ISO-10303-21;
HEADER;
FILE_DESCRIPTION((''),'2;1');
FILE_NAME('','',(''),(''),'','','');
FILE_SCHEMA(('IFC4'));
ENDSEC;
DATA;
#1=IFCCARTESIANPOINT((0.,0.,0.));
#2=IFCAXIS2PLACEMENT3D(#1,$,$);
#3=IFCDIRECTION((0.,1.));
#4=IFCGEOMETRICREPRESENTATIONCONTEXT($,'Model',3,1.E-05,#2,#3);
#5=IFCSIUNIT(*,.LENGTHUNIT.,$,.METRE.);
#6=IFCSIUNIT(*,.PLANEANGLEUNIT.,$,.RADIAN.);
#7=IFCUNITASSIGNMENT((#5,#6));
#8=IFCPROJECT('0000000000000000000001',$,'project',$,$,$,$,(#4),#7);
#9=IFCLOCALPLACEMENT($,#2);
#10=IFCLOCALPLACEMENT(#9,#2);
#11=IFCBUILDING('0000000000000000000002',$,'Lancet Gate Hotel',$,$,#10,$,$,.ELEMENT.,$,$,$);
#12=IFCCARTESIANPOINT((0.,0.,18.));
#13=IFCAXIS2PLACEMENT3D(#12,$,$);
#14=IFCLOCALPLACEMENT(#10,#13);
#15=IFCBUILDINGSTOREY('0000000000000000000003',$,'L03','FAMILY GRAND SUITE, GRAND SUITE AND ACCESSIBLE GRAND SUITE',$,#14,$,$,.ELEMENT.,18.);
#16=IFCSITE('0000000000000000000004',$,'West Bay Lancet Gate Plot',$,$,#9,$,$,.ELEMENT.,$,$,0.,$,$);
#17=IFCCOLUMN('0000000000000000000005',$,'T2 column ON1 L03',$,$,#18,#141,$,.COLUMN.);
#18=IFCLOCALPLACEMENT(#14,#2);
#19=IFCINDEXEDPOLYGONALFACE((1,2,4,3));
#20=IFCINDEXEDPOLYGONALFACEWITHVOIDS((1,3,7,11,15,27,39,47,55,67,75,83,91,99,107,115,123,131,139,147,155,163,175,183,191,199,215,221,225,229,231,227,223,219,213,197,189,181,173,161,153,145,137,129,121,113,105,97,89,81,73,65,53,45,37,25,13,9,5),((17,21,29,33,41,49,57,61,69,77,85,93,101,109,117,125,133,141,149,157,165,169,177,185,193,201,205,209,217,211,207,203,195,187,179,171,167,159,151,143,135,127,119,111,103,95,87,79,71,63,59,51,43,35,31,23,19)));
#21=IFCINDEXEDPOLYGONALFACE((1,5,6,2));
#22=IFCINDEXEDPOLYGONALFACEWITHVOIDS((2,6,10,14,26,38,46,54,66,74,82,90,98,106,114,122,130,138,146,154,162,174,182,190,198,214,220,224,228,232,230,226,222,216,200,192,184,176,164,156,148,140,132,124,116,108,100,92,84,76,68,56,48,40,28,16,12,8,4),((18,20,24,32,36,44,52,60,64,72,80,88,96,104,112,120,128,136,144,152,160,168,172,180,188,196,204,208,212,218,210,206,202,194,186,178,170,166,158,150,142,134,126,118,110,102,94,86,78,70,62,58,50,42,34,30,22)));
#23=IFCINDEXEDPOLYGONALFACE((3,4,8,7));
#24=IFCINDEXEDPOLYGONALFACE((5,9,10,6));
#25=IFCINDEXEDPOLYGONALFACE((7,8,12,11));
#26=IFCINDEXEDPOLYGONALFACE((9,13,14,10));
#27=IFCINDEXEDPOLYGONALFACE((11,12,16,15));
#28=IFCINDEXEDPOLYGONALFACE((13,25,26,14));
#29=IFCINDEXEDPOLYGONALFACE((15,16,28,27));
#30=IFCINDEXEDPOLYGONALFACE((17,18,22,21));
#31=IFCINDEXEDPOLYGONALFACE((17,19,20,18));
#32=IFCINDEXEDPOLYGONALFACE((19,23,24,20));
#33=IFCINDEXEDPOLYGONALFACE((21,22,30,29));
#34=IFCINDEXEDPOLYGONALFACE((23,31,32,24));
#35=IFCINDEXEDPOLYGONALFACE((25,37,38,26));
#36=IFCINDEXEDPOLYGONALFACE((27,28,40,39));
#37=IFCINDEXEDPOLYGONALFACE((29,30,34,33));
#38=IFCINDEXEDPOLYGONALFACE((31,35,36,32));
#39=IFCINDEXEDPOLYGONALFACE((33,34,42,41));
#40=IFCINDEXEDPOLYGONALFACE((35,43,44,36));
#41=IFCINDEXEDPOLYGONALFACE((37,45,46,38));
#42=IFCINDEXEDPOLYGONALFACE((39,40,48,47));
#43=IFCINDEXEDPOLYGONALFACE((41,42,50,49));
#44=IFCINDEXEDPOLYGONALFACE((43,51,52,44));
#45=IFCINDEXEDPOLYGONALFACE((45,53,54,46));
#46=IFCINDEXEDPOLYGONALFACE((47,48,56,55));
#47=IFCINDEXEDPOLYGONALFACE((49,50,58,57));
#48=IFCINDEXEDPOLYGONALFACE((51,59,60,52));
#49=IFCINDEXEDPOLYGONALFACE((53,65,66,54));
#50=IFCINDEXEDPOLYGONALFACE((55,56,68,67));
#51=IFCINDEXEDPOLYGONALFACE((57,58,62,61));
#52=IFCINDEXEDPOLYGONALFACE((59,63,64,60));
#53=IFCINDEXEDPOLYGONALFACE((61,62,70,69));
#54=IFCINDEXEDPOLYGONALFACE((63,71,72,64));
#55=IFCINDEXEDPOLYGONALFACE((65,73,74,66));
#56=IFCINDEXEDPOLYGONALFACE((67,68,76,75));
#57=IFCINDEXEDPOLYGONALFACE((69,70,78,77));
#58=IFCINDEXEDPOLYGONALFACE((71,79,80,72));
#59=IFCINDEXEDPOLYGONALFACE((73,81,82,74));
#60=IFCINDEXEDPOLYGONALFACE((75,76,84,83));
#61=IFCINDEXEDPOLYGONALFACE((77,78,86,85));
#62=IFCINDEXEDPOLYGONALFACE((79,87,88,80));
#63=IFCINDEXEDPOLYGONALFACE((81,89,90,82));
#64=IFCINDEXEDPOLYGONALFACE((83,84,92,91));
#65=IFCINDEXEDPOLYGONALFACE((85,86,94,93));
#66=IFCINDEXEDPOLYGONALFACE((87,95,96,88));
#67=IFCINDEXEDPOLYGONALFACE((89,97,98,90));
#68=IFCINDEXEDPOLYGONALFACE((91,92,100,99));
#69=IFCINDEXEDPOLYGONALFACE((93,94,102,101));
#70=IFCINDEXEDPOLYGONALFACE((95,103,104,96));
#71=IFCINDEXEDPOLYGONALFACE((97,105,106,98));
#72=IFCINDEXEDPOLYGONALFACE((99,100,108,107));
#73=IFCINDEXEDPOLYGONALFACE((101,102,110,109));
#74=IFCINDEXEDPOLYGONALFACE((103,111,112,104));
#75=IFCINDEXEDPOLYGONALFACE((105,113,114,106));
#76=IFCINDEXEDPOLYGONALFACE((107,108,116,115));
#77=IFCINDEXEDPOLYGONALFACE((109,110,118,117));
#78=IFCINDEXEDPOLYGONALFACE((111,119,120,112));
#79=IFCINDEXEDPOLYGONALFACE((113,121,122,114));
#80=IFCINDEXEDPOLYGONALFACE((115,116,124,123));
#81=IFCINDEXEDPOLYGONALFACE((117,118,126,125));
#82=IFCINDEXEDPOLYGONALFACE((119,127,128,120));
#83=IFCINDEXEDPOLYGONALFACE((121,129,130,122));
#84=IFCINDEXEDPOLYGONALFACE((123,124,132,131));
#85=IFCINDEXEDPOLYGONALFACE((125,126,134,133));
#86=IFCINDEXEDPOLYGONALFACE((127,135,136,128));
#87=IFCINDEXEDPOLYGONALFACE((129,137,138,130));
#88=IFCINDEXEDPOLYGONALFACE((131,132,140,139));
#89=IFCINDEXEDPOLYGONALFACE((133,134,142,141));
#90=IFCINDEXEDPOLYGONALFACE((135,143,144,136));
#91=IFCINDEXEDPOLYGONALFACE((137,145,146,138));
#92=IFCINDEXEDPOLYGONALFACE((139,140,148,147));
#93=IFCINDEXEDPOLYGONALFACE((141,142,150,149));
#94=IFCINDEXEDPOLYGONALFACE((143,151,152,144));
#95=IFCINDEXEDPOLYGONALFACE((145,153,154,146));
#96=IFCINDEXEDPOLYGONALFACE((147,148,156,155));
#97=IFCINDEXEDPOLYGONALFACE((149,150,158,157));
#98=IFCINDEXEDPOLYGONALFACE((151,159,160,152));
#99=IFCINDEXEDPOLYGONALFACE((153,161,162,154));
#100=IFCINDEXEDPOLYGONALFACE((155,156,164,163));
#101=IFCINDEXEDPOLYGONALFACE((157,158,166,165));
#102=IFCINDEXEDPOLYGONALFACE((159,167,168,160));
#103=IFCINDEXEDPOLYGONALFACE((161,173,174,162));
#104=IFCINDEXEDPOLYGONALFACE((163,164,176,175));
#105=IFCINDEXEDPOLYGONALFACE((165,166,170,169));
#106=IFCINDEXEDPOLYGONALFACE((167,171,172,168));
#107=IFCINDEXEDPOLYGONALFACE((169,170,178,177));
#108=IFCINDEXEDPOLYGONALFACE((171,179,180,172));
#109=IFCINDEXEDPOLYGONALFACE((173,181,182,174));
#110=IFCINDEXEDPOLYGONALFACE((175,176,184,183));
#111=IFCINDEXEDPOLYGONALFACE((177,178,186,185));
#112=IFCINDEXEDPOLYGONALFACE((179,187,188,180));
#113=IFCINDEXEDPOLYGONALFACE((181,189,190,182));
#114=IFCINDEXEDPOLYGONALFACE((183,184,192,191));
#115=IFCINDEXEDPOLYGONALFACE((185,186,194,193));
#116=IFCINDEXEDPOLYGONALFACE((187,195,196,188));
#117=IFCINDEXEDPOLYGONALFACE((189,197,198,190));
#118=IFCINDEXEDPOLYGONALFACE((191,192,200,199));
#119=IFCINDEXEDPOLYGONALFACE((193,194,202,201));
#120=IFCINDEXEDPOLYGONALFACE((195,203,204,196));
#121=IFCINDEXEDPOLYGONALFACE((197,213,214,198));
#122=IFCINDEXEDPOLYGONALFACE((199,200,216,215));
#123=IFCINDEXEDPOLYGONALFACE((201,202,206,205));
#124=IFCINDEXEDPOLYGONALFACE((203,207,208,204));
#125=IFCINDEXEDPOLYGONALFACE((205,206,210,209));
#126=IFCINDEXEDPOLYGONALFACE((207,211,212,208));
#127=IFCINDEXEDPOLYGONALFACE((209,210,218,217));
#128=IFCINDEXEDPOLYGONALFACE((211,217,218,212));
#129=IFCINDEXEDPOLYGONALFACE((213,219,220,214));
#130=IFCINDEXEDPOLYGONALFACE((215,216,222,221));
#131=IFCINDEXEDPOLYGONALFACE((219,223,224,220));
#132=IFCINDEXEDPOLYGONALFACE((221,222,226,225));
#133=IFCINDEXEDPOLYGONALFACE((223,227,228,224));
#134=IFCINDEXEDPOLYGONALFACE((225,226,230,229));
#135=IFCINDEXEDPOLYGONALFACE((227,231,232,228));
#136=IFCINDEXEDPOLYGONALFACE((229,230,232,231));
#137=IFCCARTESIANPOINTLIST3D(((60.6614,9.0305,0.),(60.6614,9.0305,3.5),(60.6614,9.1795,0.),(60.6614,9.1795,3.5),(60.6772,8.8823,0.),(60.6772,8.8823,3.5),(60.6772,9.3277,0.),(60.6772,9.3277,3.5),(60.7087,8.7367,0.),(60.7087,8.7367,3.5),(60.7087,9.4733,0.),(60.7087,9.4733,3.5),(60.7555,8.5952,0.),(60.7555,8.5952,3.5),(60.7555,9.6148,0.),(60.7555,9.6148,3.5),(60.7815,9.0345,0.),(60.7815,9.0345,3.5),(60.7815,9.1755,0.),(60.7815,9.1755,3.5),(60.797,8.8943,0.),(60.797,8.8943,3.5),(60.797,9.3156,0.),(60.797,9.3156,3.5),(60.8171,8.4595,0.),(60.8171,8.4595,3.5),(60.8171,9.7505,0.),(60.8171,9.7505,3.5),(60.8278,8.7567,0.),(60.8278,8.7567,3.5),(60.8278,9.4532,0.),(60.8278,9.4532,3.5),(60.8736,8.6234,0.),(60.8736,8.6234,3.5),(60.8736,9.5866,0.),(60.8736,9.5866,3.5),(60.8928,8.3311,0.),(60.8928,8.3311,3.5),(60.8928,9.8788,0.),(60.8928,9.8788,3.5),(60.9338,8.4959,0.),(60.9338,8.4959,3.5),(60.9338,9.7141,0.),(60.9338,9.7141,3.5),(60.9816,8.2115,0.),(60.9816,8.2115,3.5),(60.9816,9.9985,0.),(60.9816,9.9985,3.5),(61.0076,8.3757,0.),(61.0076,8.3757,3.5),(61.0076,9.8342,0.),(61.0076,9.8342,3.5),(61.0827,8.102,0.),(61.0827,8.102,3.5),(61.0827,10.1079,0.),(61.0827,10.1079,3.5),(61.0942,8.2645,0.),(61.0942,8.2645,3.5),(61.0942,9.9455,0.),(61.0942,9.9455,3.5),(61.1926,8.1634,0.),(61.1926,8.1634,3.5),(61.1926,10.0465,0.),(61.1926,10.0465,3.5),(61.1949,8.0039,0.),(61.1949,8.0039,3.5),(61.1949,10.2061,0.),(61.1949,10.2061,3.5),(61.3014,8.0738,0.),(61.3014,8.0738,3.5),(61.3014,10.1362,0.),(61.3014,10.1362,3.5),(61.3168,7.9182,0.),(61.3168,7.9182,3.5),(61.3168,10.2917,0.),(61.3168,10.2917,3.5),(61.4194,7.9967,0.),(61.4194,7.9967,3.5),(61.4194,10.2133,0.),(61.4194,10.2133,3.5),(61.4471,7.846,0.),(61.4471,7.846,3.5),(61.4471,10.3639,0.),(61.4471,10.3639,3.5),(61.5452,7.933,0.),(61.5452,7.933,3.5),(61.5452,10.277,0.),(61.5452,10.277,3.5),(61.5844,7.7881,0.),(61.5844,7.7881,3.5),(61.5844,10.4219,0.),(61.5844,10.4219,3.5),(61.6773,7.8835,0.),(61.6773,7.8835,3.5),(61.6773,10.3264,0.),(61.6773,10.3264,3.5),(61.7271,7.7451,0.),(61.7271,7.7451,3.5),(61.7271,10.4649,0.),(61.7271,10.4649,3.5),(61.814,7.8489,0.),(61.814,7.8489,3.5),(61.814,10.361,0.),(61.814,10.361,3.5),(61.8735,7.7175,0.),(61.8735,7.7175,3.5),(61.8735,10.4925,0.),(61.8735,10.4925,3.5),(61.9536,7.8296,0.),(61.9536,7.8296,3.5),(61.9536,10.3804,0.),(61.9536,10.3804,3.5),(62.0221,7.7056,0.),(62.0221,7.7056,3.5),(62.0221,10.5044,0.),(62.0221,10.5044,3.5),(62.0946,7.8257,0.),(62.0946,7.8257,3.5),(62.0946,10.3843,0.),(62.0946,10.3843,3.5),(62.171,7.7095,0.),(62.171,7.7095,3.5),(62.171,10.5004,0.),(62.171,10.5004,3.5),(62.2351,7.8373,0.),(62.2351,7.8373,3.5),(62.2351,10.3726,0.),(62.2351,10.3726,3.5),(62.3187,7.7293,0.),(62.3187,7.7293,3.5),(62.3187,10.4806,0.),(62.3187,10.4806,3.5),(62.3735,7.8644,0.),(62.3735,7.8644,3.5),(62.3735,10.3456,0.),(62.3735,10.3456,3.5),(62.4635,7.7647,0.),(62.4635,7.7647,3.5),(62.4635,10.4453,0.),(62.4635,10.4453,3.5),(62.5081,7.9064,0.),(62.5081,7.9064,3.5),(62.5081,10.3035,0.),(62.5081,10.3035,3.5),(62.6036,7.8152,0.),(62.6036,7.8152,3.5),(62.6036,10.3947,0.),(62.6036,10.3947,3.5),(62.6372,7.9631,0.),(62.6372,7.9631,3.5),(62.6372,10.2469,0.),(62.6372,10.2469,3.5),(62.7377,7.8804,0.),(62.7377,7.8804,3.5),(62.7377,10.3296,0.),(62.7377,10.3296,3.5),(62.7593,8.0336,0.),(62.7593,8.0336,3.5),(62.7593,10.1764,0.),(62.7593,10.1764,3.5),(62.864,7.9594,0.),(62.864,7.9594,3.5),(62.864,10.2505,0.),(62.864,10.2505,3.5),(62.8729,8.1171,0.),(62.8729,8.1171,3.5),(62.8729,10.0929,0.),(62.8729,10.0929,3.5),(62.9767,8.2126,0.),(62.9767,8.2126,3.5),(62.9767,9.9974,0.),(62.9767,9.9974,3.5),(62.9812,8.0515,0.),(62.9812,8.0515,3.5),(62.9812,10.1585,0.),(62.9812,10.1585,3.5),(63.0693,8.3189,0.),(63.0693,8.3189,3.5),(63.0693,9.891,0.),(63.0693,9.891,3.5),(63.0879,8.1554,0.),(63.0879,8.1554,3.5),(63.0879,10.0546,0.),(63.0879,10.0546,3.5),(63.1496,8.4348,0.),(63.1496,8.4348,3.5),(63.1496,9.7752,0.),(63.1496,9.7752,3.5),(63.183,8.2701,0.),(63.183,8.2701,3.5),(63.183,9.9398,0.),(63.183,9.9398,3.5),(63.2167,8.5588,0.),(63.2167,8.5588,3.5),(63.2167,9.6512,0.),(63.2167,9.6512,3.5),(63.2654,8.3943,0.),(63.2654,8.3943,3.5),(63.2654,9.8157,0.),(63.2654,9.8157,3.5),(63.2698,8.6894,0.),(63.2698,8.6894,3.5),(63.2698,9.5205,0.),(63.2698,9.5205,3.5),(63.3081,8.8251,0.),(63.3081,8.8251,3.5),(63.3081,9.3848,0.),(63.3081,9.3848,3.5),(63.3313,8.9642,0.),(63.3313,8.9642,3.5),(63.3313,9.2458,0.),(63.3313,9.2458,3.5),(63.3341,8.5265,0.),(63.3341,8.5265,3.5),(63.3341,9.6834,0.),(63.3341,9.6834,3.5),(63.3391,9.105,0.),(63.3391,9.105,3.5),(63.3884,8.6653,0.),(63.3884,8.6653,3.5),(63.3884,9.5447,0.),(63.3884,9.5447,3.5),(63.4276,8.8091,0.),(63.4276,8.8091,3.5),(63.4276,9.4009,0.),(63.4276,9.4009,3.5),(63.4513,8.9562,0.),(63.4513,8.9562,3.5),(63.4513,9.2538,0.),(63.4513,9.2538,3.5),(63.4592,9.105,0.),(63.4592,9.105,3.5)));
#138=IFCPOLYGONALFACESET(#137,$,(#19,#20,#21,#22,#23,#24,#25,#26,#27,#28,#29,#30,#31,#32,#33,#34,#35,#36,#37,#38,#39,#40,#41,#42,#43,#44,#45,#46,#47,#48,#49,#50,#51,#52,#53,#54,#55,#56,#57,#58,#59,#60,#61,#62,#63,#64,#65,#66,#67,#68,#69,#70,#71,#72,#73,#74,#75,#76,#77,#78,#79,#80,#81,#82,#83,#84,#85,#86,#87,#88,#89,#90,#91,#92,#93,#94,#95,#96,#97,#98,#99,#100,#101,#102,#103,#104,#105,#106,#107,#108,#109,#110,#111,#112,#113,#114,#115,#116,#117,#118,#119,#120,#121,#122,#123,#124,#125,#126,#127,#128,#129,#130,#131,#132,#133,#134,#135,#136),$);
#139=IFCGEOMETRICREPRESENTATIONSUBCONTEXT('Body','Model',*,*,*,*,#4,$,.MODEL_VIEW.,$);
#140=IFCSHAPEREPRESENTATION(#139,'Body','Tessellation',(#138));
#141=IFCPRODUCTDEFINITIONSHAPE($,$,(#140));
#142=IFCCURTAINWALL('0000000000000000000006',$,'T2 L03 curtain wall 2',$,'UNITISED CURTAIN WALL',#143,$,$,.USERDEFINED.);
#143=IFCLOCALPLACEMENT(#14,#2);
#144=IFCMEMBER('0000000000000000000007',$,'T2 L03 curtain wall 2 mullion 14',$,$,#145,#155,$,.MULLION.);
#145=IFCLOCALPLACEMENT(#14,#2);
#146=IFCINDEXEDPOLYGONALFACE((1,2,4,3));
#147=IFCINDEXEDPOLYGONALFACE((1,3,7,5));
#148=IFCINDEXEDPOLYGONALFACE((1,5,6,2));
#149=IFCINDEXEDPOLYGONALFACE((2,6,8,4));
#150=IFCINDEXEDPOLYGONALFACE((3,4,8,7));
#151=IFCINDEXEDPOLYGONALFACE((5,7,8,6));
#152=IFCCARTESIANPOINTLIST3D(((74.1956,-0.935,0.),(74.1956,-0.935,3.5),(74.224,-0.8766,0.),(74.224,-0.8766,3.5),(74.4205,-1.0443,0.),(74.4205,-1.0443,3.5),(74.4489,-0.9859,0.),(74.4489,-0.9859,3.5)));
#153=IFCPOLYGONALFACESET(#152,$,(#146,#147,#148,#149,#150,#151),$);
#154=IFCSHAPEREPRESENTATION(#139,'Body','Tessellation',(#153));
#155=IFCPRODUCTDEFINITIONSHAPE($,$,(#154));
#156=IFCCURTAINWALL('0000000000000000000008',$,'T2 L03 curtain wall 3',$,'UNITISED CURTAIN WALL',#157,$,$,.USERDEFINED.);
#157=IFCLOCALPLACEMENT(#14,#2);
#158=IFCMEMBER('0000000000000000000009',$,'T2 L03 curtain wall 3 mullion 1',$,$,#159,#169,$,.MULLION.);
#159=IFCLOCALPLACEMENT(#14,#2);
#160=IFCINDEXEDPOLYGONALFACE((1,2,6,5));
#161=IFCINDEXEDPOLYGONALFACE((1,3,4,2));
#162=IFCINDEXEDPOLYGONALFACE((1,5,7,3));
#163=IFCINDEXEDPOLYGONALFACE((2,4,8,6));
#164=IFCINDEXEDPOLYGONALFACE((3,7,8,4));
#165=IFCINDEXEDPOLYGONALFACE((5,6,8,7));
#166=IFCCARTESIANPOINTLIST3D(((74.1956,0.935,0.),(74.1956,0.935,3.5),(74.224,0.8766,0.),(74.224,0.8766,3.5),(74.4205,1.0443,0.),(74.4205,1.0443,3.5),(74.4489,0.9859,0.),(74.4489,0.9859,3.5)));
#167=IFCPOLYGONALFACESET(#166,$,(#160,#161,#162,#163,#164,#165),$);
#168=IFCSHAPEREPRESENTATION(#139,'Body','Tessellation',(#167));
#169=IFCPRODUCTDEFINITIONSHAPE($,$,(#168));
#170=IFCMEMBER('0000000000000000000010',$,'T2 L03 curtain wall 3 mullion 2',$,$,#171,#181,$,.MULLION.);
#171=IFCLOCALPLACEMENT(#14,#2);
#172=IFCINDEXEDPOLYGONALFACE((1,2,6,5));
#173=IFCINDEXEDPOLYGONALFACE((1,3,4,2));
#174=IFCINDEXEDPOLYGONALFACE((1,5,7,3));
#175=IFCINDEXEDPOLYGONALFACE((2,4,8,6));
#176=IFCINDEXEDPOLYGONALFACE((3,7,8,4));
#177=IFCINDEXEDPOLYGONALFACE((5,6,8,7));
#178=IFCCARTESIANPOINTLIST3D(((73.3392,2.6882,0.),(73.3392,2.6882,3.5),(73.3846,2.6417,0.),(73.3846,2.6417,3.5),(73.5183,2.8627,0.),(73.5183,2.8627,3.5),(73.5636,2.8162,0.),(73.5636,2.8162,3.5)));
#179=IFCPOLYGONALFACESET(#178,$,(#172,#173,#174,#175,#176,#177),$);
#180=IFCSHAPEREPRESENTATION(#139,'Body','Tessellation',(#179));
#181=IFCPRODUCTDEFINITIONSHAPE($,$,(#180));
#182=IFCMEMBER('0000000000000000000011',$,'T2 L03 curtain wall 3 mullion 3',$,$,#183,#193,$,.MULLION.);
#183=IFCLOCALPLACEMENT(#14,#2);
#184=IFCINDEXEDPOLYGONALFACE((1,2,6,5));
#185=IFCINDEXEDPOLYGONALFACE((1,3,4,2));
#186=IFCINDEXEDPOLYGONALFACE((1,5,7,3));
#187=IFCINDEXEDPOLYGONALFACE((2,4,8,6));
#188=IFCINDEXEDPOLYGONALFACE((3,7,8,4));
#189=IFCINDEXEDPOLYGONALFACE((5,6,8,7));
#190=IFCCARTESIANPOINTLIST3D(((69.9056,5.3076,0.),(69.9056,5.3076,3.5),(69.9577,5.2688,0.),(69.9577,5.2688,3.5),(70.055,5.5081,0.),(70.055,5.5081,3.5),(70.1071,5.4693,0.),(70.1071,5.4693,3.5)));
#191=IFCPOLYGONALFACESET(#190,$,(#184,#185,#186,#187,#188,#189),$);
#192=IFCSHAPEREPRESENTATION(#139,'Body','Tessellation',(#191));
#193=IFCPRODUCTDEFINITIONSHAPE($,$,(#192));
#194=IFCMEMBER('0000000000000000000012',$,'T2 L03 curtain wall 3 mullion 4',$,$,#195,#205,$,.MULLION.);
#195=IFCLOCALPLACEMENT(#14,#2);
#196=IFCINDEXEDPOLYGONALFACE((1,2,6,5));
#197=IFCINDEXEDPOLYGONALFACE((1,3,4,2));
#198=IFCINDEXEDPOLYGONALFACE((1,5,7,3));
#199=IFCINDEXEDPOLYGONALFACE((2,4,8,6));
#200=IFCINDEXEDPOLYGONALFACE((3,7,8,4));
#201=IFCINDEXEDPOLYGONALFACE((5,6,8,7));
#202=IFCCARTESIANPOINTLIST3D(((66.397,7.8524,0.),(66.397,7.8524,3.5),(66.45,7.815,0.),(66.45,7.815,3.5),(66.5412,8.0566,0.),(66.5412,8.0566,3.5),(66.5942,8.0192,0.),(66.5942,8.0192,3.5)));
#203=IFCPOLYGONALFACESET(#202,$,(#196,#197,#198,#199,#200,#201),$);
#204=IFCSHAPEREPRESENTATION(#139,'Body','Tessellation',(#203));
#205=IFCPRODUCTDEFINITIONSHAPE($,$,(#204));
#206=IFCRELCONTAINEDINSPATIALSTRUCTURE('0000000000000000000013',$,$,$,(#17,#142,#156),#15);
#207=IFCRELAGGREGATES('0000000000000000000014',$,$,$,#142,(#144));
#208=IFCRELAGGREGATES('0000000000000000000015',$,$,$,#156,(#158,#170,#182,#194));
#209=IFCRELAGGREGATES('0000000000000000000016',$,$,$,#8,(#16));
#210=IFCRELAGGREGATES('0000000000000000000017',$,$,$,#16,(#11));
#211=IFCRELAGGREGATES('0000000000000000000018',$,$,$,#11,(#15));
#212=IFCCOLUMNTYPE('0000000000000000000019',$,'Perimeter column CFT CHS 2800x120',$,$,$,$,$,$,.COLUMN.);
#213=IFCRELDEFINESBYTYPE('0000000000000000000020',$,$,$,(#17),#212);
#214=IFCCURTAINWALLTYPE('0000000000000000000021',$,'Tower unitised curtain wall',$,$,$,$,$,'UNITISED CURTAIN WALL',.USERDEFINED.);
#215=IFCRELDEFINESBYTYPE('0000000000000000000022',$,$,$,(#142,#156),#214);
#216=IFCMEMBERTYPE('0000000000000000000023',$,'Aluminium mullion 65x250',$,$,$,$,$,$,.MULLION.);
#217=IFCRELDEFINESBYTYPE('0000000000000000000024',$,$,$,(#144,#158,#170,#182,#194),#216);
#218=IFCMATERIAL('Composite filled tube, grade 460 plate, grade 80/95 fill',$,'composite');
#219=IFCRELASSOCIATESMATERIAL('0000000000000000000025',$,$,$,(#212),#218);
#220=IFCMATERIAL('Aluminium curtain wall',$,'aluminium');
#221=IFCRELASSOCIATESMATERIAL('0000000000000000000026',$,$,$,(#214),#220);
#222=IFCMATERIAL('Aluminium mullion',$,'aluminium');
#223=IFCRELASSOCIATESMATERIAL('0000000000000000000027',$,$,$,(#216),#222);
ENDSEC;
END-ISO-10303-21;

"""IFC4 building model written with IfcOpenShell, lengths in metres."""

from ifc_helpers import new_model, si_unit, direction, frame, origin, origin_2d, place, context, subcontext, project, spatial, rectangle, hollow_circle, extrude, material, material_profile, profile_set, type_object, element, aggregate, save


model = new_model("IFC4")

# Units and contexts
model_context = context("Model", 3, precision=1e-05, world=origin(), true_north=direction((0.0, 1.0)))
body_context = subcontext(model_context, "Body", "Model", "MODEL_VIEW")
ifc_project = project(units=[si_unit("LENGTHUNIT", "METRE"), si_unit("PLANEANGLEUNIT", "RADIAN")], contexts=[model_context])

# Site, building, storey
site_placement = place(None, origin())
site = spatial("IfcSite", under=ifc_project, at=site_placement, Name="West Bay Lancet Gate Plot", CompositionType="ELEMENT", RefElevation=0.0)
building_placement = place(site_placement, origin())
building = spatial("IfcBuilding", under=site, at=building_placement, Name="Lancet Gate Hotel", CompositionType="ELEMENT")
storey_placement = place(building_placement, frame((0.0, 0.0, 18.0)))
storey = spatial("IfcBuildingStorey", under=building, at=storey_placement, Name="L03", Description="FAMILY GRAND SUITE, GRAND SUITE AND ACCESSIBLE GRAND SUITE", CompositionType="ELEMENT", Elevation=18.0)

# Column
ifc_material_1 = material(Name="Composite filled tube, grade 460 plate, grade 80/95 fill", Category="composite")
ifc_material_profile_1 = material_profile(ifc_material_1, hollow_circle(Radius=1.3999, WallThickness=0.1201, at=origin_2d()), Name="CHS 2800x120")
ifc_profile_set_1 = profile_set([ifc_material_profile_1], Name="Composite filled tube, grade 460 plate, grade 80/95 fill")
column_type_1 = type_object("IfcColumnType", Name="Perimeter column CFT CHS 2800x120", PredefinedType="COLUMN", material=ifc_profile_set_1)
column_1_placement = place(storey_placement, frame((62.0593, 9.105, 0.0), z_axis=(0.0, 0.0, 1.0), x_axis=(1.0, 0.0, 0.0)))
element("IfcColumn", 1, at=column_1_placement, inside=storey, type_object=column_type_1, Name="T2 column ON1 L03", PredefinedType="COLUMN", context=body_context, shape_type="SweptSolid", body=[
    extrude(hollow_circle(Radius=1.3999, WallThickness=0.1201, at=origin_2d()), origin(), (0.0, 0.0, 1.0), 3.5),
])

# Curtain wall, member
ifc_material_2 = material(Name="Aluminium curtain wall", Category="aluminium")
curtain_wall_type = type_object("IfcCurtainWallType", Name="Tower unitised curtain wall", ElementType="UNITISED CURTAIN WALL", PredefinedType="USERDEFINED", material=ifc_material_2)
curtain_wall_1_placement = place(storey_placement, origin())
curtain_wall_1 = element("IfcCurtainWall", 2, at=curtain_wall_1_placement, inside=storey, type_object=curtain_wall_type, Name="T2 L03 curtain wall 2", ObjectType="UNITISED CURTAIN WALL", PredefinedType="USERDEFINED")
ifc_material_3 = material(Name="Aluminium mullion", Category="aluminium")
ifc_material_profile_2 = material_profile(ifc_material_3, rectangle(XDim=0.0649, YDim=0.25, at=origin_2d()), Name="MULLION 65x250")
ifc_profile_set_2 = profile_set([ifc_material_profile_2], Name="Aluminium mullion")
member_type_1 = type_object("IfcMemberType", Name="Aluminium mullion 65x250", PredefinedType="MULLION", material=ifc_profile_set_2)
member_1_placement = place(storey_placement, frame((74.3223, -0.9604, 0.0), z_axis=(0.0, 0.0, 1.0), x_axis=(0.437169, 0.899379, 0.0)))
member_1 = element("IfcMember", 3, at=member_1_placement, type_object=member_type_1, Name="T2 L03 curtain wall 2 mullion 14", PredefinedType="MULLION", context=body_context, shape_type="SweptSolid", body=[
    extrude(rectangle(XDim=0.0649, YDim=0.25, at=origin_2d()), origin(), (0.0, 0.0, 1.0), 3.5),
])
aggregate(curtain_wall_1, [member_1])

# Curtain wall, members
curtain_wall_2_placement = place(storey_placement, origin())
curtain_wall_2 = element("IfcCurtainWall", 4, at=curtain_wall_2_placement, inside=storey, type_object=curtain_wall_type, Name="T2 L03 curtain wall 3", ObjectType="UNITISED CURTAIN WALL", PredefinedType="USERDEFINED")
member_2_placement = place(storey_placement, frame((74.3223, 0.9604, 0.0), z_axis=(0.0, 0.0, 1.0), x_axis=(-0.437169, 0.899379, 0.0)))
member_2 = element("IfcMember", 5, at=member_2_placement, type_object=member_type_1, Name="T2 L03 curtain wall 3 mullion 1", PredefinedType="MULLION", context=body_context, shape_type="SweptSolid", body=[
    extrude(rectangle(XDim=0.0649, YDim=0.25, at=origin_2d()), origin(), (0.0, 0.0, 1.0), 3.5),
])
member_3_placement = place(storey_placement, frame((73.4514, 2.7522, 0.0), z_axis=(0.0, 0.0, 1.0), x_axis=(-0.697983, 0.716114, 0.0)))
member_3 = element("IfcMember", 6, at=member_3_placement, type_object=member_type_1, Name="T2 L03 curtain wall 3 mullion 2", PredefinedType="MULLION", context=body_context, shape_type="SweptSolid", body=[
    extrude(rectangle(XDim=0.0649, YDim=0.25, at=origin_2d()), origin(), (0.0, 0.0, 1.0), 3.5),
])
member_4_placement = place(storey_placement, frame((70.0063, 5.3884, 0.0), z_axis=(0.0, 0.0, 1.0), x_axis=(-0.80183, 0.597552, 0.0)))
member_4 = element("IfcMember", 7, at=member_4_placement, type_object=member_type_1, Name="T2 L03 curtain wall 3 mullion 3", PredefinedType="MULLION", context=body_context, shape_type="SweptSolid", body=[
    extrude(rectangle(XDim=0.0649, YDim=0.25, at=origin_2d()), origin(), (0.0, 0.0, 1.0), 3.5),
])
member_5_placement = place(storey_placement, frame((66.4956, 7.9358, 0.0), z_axis=(0.0, 0.0, 1.0), x_axis=(-0.816779, 0.576951, 0.0)))
member_5 = element("IfcMember", 8, at=member_5_placement, type_object=member_type_1, Name="T2 L03 curtain wall 3 mullion 4", PredefinedType="MULLION", context=body_context, shape_type="SweptSolid", body=[
    extrude(rectangle(XDim=0.0649, YDim=0.25, at=origin_2d()), origin(), (0.0, 0.0, 1.0), 3.5),
])

aggregate(curtain_wall_2, [member_2, member_3, member_4, member_5])

save(model, "model.ifc")
